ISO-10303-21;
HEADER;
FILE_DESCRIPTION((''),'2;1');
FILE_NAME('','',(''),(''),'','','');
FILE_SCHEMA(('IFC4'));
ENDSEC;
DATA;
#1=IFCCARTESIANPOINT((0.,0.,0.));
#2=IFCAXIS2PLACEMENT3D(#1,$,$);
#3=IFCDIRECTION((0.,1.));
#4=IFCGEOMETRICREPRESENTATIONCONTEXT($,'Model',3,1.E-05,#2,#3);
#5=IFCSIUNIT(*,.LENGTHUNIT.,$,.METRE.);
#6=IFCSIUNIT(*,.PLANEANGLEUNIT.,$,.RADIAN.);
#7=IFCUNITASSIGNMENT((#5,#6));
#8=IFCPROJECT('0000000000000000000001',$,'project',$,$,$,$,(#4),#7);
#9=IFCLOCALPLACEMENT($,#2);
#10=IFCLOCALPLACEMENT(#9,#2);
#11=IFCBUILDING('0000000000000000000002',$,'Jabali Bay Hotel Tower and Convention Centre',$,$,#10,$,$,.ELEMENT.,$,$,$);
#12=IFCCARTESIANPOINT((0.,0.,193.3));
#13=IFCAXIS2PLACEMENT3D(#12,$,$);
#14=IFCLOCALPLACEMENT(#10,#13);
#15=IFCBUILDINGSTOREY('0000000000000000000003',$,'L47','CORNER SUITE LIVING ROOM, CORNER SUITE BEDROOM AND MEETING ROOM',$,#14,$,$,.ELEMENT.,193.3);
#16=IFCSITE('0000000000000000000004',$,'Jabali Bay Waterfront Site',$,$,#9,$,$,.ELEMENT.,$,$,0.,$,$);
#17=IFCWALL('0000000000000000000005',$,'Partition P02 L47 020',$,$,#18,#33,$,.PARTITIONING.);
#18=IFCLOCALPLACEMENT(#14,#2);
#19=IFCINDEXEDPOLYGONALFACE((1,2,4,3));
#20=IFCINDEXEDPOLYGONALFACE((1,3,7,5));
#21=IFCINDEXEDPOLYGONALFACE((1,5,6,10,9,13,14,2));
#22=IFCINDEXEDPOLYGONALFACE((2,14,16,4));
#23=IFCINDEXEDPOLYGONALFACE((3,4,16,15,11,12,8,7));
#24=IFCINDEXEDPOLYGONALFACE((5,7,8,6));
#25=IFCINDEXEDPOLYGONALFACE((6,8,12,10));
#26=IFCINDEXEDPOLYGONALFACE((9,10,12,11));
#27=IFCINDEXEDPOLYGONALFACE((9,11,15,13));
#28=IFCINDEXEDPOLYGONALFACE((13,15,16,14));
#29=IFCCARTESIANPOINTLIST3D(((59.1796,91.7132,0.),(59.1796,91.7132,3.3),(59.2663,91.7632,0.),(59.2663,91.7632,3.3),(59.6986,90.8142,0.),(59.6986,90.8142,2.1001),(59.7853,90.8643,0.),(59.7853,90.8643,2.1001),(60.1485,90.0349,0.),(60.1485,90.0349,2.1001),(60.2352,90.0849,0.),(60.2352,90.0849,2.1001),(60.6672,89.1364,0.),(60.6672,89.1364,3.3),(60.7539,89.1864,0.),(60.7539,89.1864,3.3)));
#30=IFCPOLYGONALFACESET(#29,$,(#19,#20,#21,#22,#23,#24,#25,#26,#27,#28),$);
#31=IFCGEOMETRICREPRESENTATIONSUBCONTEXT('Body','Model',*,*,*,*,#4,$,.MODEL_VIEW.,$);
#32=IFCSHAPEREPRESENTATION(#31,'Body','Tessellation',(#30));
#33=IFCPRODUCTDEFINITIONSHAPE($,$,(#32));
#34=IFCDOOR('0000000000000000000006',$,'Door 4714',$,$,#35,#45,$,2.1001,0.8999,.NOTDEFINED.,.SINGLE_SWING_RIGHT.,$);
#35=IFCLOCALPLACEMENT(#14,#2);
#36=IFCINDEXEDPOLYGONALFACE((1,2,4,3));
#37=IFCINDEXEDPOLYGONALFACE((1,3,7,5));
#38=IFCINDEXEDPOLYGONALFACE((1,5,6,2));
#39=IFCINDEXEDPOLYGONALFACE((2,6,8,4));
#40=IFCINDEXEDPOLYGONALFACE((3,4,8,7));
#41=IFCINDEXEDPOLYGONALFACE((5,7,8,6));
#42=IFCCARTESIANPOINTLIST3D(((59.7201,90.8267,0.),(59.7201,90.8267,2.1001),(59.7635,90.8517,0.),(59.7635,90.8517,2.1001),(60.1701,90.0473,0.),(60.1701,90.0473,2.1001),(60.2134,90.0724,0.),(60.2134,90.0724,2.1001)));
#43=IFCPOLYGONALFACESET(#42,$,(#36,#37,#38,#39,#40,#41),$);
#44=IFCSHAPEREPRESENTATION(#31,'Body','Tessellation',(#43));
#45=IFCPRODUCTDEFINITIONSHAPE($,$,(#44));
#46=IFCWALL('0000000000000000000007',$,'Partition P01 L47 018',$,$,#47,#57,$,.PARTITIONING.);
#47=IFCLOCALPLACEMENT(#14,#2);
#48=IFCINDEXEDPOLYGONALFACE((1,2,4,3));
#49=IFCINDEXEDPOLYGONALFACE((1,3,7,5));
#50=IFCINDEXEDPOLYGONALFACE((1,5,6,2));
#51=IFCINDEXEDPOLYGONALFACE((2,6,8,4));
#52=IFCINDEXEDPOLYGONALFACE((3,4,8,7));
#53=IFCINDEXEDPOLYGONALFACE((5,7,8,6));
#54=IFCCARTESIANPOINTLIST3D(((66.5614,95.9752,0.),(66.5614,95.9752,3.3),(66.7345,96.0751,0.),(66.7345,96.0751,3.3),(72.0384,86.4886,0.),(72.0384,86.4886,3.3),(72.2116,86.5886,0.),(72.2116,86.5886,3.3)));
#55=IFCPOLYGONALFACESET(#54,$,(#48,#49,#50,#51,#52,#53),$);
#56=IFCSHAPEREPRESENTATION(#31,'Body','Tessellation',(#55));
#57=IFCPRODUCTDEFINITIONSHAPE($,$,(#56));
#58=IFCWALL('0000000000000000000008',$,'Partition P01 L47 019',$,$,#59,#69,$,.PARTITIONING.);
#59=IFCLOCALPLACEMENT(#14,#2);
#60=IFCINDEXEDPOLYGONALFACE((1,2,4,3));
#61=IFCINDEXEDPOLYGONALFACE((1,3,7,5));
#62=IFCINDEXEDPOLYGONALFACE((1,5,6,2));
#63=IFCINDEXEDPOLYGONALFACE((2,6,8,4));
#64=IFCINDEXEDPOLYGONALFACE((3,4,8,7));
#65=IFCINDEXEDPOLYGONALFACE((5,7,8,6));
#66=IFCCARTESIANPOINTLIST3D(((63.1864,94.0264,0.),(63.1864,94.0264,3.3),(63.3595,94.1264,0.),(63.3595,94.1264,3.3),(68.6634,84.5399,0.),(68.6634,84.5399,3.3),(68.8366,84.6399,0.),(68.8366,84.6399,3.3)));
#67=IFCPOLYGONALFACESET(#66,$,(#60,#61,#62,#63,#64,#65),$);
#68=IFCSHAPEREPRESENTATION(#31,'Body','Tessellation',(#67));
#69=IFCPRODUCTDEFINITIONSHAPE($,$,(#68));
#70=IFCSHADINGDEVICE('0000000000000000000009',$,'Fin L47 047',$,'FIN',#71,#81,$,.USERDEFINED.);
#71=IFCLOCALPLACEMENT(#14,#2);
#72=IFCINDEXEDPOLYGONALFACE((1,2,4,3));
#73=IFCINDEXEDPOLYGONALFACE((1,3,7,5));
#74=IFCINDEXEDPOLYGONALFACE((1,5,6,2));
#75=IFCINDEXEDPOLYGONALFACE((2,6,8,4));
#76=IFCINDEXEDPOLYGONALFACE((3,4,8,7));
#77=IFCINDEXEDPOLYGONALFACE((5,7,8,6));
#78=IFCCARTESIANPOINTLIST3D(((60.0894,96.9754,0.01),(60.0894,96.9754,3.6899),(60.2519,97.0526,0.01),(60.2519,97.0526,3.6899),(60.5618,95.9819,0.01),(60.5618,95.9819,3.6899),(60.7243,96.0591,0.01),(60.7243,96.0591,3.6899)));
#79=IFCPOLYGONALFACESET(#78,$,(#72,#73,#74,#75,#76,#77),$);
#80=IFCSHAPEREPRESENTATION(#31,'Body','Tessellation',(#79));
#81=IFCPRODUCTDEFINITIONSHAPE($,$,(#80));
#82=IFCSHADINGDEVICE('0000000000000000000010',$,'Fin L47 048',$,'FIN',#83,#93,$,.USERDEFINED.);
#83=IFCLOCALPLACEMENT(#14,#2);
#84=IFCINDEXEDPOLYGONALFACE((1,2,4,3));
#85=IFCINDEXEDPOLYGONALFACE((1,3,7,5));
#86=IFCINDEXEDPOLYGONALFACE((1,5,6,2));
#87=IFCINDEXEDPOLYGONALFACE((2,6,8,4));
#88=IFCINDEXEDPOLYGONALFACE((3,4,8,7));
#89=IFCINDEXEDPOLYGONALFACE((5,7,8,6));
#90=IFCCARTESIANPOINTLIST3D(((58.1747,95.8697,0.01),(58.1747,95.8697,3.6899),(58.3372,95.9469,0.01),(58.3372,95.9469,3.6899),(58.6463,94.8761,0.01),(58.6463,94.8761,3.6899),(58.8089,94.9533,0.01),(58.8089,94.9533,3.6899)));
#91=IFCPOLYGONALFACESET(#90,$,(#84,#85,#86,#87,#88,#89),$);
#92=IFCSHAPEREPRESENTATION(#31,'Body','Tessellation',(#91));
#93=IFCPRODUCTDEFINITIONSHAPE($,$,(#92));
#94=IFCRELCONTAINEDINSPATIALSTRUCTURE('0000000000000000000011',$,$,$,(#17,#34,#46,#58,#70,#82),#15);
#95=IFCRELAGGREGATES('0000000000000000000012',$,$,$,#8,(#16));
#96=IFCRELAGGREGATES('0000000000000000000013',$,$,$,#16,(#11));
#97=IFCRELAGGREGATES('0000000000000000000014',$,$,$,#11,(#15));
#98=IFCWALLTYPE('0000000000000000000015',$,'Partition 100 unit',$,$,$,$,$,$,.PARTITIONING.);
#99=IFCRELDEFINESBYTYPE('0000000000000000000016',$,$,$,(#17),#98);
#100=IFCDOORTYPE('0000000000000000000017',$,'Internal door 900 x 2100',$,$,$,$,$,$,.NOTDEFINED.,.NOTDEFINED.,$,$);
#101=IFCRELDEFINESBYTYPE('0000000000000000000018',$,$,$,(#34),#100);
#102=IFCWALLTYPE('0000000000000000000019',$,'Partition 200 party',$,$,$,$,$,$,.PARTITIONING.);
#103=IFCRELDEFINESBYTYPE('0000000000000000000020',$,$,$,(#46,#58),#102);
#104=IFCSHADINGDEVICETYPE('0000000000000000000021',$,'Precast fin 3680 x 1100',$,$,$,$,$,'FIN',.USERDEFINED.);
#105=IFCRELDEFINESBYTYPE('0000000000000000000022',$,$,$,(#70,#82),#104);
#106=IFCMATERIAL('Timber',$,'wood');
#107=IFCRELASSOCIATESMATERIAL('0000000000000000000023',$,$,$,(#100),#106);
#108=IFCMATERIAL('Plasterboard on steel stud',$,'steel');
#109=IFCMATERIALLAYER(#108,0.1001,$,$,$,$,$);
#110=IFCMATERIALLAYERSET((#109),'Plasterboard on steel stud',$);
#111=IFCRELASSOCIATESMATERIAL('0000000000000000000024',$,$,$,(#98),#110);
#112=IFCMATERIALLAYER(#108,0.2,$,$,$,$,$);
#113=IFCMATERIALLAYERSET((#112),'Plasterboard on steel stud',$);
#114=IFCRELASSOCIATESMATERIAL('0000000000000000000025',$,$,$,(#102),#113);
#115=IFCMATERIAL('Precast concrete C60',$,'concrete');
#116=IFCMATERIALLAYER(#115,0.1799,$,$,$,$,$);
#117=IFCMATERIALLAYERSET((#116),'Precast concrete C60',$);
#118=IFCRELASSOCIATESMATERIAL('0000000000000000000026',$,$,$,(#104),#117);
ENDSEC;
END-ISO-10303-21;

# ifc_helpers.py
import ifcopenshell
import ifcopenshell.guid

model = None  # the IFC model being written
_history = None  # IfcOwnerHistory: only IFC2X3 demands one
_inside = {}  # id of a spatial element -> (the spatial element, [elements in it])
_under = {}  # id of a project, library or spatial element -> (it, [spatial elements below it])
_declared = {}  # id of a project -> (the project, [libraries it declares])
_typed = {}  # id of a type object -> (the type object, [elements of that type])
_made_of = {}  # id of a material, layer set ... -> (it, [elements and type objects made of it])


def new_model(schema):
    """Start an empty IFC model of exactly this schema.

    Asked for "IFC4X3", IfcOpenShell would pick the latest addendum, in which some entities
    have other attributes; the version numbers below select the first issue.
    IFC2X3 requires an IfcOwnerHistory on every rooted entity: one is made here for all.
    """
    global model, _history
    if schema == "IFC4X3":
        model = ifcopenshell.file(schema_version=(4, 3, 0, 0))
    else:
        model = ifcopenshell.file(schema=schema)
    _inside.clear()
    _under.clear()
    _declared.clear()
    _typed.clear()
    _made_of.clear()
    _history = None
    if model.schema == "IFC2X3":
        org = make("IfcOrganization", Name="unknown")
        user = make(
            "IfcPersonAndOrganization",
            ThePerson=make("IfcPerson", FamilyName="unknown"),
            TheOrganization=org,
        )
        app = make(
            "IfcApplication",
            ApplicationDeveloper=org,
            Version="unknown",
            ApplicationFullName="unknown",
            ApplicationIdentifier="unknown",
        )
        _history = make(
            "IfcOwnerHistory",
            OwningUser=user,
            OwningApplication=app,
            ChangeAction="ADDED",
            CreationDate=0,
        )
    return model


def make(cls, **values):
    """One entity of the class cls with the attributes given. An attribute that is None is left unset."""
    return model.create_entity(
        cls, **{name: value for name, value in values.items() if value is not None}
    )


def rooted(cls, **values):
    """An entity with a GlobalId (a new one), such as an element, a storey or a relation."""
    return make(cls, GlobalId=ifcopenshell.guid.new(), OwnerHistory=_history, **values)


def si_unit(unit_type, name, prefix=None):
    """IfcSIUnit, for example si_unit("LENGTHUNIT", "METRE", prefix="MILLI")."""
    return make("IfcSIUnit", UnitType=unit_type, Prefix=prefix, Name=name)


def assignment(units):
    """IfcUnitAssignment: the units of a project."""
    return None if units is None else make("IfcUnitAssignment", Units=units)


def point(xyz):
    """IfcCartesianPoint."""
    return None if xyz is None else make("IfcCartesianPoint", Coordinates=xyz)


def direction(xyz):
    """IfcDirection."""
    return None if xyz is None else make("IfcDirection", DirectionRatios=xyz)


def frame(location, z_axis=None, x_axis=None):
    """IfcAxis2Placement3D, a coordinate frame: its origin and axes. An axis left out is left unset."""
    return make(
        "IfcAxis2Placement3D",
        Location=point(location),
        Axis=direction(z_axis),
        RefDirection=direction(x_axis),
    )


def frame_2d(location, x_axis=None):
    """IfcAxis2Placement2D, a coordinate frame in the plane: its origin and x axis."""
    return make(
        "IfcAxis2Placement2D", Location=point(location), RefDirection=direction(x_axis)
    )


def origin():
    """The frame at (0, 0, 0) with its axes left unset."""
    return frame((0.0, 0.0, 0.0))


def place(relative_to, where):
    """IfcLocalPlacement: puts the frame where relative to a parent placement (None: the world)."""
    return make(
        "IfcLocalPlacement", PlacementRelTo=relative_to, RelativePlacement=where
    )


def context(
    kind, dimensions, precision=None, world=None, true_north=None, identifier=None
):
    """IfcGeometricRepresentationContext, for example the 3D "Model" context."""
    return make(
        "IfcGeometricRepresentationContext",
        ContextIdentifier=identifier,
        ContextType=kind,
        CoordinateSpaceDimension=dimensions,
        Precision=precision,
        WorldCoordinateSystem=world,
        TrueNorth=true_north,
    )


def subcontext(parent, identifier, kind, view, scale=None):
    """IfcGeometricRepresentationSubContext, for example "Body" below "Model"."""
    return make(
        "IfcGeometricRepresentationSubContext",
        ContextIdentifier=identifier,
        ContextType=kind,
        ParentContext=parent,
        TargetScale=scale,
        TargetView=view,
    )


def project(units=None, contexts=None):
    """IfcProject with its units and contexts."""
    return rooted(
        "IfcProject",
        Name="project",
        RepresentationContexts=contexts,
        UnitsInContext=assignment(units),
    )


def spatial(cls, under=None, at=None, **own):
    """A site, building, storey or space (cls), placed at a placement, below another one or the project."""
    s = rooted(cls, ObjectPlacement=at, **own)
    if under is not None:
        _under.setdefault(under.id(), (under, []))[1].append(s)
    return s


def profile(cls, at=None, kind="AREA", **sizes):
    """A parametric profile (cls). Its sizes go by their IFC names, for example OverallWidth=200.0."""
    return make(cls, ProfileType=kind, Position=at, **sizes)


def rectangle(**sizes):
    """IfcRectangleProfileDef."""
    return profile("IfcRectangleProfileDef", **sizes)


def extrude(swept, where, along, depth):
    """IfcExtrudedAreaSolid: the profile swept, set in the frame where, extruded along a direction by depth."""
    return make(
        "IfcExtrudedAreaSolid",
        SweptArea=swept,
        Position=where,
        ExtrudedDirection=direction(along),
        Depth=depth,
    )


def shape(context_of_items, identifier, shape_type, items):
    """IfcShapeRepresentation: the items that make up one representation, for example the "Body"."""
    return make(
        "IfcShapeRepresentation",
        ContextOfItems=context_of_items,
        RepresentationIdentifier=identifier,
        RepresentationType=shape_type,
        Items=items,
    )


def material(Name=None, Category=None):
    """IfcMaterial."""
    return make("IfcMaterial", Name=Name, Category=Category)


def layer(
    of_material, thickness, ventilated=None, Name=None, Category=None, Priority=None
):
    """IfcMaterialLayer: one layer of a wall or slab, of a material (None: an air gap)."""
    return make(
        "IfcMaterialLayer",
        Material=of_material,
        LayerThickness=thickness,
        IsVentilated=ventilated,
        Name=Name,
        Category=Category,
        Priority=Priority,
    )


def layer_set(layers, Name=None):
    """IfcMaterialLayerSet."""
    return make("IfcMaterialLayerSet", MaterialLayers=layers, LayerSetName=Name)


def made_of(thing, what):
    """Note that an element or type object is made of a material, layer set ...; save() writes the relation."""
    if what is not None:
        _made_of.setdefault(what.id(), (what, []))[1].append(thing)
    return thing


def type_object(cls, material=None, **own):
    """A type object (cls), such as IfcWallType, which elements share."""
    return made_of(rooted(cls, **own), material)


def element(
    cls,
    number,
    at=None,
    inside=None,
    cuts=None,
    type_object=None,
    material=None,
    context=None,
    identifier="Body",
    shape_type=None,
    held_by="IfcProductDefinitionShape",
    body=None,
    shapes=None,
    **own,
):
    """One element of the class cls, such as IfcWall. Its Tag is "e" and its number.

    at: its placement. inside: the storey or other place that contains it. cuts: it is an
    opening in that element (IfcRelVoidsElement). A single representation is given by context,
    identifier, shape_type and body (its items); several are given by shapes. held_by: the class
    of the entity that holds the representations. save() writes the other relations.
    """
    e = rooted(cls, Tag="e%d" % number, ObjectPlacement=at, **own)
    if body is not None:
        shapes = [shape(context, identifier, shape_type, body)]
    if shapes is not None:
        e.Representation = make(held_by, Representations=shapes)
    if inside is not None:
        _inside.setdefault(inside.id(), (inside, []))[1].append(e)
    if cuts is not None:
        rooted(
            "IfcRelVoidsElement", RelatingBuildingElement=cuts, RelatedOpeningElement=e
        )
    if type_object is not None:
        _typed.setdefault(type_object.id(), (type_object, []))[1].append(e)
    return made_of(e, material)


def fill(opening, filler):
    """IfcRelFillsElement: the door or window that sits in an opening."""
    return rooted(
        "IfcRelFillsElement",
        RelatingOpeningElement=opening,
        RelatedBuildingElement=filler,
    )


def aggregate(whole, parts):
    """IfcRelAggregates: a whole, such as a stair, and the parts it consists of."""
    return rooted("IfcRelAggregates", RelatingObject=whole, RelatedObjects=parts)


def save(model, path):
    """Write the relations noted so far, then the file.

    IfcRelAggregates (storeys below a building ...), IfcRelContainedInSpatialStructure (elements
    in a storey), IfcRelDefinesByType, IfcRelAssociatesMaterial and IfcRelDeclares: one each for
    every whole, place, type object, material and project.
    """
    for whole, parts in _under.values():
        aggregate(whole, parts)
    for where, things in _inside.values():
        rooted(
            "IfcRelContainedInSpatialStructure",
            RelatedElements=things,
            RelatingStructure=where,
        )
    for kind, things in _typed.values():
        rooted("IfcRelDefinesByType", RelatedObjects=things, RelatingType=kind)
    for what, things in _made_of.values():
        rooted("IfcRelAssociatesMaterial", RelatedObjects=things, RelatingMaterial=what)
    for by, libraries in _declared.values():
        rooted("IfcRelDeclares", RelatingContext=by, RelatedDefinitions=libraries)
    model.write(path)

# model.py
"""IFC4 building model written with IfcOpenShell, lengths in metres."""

from ifc_helpers import new_model, si_unit, direction, frame, frame_2d, origin, place, context, subcontext, project, spatial, rectangle, extrude, material, layer, layer_set, type_object, element, fill, save


model = new_model("IFC4")

# Units and contexts
model_context = context("Model", 3, precision=1e-05, world=origin(), true_north=direction((0.0, 1.0)))
body_context = subcontext(model_context, "Body", "Model", "MODEL_VIEW")
ifc_project = project(units=[si_unit("LENGTHUNIT", "METRE"), si_unit("PLANEANGLEUNIT", "RADIAN")], contexts=[model_context])

# Site, building, storey
site_placement = place(None, origin())
site = spatial("IfcSite", under=ifc_project, at=site_placement, Name="Jabali Bay Waterfront Site", CompositionType="ELEMENT", RefElevation=0.0)
building_placement = place(site_placement, origin())
building = spatial("IfcBuilding", under=site, at=building_placement, Name="Jabali Bay Hotel Tower and Convention Centre", CompositionType="ELEMENT")
storey_placement = place(building_placement, frame((0.0, 0.0, 193.3)))
storey = spatial("IfcBuildingStorey", under=building, at=storey_placement, Name="L47", Description="CORNER SUITE LIVING ROOM, CORNER SUITE BEDROOM AND MEETING ROOM", CompositionType="ELEMENT", Elevation=193.3)

# Shared definitions
ifc_material_1 = material(Name="Timber", Category="wood")
door_type_1 = type_object("IfcDoorType", Name="Internal door 900 x 2100", OperationType="NOTDEFINED", PredefinedType="NOTDEFINED", material=ifc_material_1)

# Wall, opening, door
ifc_material_2 = material(Name="Plasterboard on steel stud", Category="steel")
ifc_layer_1 = layer(ifc_material_2, 0.1001)
ifc_layer_set_1 = layer_set([ifc_layer_1], Name="Plasterboard on steel stud")
wall_type_1 = type_object("IfcWallType", Name="Partition 100 unit", PredefinedType="PARTITIONING", material=ifc_layer_set_1)
wall_1_placement = place(storey_placement, frame((59.2229, 91.7383, 0.0), z_axis=(0.0, 0.0, 1.0), x_axis=(0.499978, -0.866038, 0.0)))
wall_1 = element("IfcWall", 1, at=wall_1_placement, inside=storey, type_object=wall_type_1, Name="Partition P02 L47 020", PredefinedType="PARTITIONING", context=body_context, shape_type="SweptSolid", body=[
    extrude(rectangle(XDim=2.9753, YDim=0.1001, at=frame_2d((1.4878, 0.0))), origin(), (0.0, 0.0, 1.0), 3.3),
])
opening_1_placement = place(wall_1_placement, frame((1.0381, 0.0, 0.0)))
opening_1 = element("IfcOpeningElement", 2, at=opening_1_placement, cuts=wall_1, PredefinedType="OPENING", context=body_context, shape_type="SweptSolid", body=[
    extrude(rectangle(XDim=0.8999, YDim=2.1001, at=frame_2d((0.45, 1.05))), frame((0.0, 0.0605, 0.0), z_axis=(0.0, -1.0, 0.0), x_axis=(1.0, 0.0, 0.0)), (0.0, 0.0, 1.0), 0.1211),
])
door_1_placement = place(opening_1_placement, origin())
door_1 = element("IfcDoor", 3, at=door_1_placement, inside=storey, type_object=door_type_1, Name="Door 4714", OperationType="SINGLE_SWING_RIGHT", OverallHeight=2.1001, OverallWidth=0.8999, PredefinedType="NOTDEFINED", context=body_context, shape_type="SweptSolid", body=[
    extrude(rectangle(XDim=0.8999, YDim=2.1001, at=frame_2d((0.45, 1.05))), frame((0.0, 0.0249, 0.0), z_axis=(0.0, -1.0, 0.0), x_axis=(1.0, 0.0, 0.0)), (0.0, 0.0, 1.0), 0.05),
])
fill(opening_1, door_1)

# Walls
ifc_layer_2 = layer(ifc_material_2, 0.2)
ifc_layer_set_2 = layer_set([ifc_layer_2], Name="Plasterboard on steel stud")
wall_type_2 = type_object("IfcWallType", Name="Partition 200 party", PredefinedType="PARTITIONING", material=ifc_layer_set_2)
for number, where, z_axis, x_axis, name in (
    (4, (66.6479, 96.0251, 0.0), (0.0, 0.0, 1.0), (0.499998, -0.866026, 0.0), "Partition P01 L47 018"),
    (5, (63.2729, 94.0764, 0.0), (0.0, 0.0, 1.0), (0.499998, -0.866026, 0.0), "Partition P01 L47 019"),
):
    element("IfcWall", number, at=place(storey_placement, frame(where, z_axis=z_axis, x_axis=x_axis)), inside=storey, type_object=wall_type_2, Name=name, PredefinedType="PARTITIONING", context=body_context, shape_type="SweptSolid", body=[
        extrude(rectangle(XDim=10.9541, YDim=0.2, at=frame_2d((5.4771, 0.0))), origin(), (0.0, 0.0, 1.0), 3.3),
    ])

# Shading devices
ifc_material_3 = material(Name="Precast concrete C60", Category="concrete")
ifc_layer_3 = layer(ifc_material_3, 0.1799)
ifc_layer_set_3 = layer_set([ifc_layer_3], Name="Precast concrete C60")
shading_device_type = type_object("IfcShadingDeviceType", Name="Precast fin 3680 x 1100", ElementType="FIN", PredefinedType="USERDEFINED", material=ifc_layer_set_3)
shading_device_1_placement = place(storey_placement, frame((60.6431, 96.0205, 0.01), z_axis=(0.0, 0.0, 1.0), x_axis=(-0.42946, 0.903086, 0.0)))
element("IfcShadingDevice", 6, at=shading_device_1_placement, inside=storey, type_object=shading_device_type, Name="Fin L47 047", ObjectType="FIN", PredefinedType="USERDEFINED", context=body_context, shape_type="SweptSolid", body=[
    extrude(rectangle(XDim=1.1001, YDim=0.1799, at=frame_2d((0.55, 0.0))), origin(), (0.0, 0.0, 1.0), 3.6799),
])
shading_device_2_placement = place(storey_placement, frame((58.7275, 94.9148, 0.01), z_axis=(0.0, 0.0, 1.0), x_axis=(-0.42883, 0.903385, 0.0)))
element("IfcShadingDevice", 7, at=shading_device_2_placement, inside=storey, type_object=shading_device_type, Name="Fin L47 048", ObjectType="FIN", PredefinedType="USERDEFINED", context=body_context, shape_type="SweptSolid", body=[
    extrude(rectangle(XDim=1.0999, YDim=0.1799, at=frame_2d((0.5498, 0.0))), origin(), (0.0, 0.0, 1.0), 3.6799),
])

save(model, "model.ifc")
